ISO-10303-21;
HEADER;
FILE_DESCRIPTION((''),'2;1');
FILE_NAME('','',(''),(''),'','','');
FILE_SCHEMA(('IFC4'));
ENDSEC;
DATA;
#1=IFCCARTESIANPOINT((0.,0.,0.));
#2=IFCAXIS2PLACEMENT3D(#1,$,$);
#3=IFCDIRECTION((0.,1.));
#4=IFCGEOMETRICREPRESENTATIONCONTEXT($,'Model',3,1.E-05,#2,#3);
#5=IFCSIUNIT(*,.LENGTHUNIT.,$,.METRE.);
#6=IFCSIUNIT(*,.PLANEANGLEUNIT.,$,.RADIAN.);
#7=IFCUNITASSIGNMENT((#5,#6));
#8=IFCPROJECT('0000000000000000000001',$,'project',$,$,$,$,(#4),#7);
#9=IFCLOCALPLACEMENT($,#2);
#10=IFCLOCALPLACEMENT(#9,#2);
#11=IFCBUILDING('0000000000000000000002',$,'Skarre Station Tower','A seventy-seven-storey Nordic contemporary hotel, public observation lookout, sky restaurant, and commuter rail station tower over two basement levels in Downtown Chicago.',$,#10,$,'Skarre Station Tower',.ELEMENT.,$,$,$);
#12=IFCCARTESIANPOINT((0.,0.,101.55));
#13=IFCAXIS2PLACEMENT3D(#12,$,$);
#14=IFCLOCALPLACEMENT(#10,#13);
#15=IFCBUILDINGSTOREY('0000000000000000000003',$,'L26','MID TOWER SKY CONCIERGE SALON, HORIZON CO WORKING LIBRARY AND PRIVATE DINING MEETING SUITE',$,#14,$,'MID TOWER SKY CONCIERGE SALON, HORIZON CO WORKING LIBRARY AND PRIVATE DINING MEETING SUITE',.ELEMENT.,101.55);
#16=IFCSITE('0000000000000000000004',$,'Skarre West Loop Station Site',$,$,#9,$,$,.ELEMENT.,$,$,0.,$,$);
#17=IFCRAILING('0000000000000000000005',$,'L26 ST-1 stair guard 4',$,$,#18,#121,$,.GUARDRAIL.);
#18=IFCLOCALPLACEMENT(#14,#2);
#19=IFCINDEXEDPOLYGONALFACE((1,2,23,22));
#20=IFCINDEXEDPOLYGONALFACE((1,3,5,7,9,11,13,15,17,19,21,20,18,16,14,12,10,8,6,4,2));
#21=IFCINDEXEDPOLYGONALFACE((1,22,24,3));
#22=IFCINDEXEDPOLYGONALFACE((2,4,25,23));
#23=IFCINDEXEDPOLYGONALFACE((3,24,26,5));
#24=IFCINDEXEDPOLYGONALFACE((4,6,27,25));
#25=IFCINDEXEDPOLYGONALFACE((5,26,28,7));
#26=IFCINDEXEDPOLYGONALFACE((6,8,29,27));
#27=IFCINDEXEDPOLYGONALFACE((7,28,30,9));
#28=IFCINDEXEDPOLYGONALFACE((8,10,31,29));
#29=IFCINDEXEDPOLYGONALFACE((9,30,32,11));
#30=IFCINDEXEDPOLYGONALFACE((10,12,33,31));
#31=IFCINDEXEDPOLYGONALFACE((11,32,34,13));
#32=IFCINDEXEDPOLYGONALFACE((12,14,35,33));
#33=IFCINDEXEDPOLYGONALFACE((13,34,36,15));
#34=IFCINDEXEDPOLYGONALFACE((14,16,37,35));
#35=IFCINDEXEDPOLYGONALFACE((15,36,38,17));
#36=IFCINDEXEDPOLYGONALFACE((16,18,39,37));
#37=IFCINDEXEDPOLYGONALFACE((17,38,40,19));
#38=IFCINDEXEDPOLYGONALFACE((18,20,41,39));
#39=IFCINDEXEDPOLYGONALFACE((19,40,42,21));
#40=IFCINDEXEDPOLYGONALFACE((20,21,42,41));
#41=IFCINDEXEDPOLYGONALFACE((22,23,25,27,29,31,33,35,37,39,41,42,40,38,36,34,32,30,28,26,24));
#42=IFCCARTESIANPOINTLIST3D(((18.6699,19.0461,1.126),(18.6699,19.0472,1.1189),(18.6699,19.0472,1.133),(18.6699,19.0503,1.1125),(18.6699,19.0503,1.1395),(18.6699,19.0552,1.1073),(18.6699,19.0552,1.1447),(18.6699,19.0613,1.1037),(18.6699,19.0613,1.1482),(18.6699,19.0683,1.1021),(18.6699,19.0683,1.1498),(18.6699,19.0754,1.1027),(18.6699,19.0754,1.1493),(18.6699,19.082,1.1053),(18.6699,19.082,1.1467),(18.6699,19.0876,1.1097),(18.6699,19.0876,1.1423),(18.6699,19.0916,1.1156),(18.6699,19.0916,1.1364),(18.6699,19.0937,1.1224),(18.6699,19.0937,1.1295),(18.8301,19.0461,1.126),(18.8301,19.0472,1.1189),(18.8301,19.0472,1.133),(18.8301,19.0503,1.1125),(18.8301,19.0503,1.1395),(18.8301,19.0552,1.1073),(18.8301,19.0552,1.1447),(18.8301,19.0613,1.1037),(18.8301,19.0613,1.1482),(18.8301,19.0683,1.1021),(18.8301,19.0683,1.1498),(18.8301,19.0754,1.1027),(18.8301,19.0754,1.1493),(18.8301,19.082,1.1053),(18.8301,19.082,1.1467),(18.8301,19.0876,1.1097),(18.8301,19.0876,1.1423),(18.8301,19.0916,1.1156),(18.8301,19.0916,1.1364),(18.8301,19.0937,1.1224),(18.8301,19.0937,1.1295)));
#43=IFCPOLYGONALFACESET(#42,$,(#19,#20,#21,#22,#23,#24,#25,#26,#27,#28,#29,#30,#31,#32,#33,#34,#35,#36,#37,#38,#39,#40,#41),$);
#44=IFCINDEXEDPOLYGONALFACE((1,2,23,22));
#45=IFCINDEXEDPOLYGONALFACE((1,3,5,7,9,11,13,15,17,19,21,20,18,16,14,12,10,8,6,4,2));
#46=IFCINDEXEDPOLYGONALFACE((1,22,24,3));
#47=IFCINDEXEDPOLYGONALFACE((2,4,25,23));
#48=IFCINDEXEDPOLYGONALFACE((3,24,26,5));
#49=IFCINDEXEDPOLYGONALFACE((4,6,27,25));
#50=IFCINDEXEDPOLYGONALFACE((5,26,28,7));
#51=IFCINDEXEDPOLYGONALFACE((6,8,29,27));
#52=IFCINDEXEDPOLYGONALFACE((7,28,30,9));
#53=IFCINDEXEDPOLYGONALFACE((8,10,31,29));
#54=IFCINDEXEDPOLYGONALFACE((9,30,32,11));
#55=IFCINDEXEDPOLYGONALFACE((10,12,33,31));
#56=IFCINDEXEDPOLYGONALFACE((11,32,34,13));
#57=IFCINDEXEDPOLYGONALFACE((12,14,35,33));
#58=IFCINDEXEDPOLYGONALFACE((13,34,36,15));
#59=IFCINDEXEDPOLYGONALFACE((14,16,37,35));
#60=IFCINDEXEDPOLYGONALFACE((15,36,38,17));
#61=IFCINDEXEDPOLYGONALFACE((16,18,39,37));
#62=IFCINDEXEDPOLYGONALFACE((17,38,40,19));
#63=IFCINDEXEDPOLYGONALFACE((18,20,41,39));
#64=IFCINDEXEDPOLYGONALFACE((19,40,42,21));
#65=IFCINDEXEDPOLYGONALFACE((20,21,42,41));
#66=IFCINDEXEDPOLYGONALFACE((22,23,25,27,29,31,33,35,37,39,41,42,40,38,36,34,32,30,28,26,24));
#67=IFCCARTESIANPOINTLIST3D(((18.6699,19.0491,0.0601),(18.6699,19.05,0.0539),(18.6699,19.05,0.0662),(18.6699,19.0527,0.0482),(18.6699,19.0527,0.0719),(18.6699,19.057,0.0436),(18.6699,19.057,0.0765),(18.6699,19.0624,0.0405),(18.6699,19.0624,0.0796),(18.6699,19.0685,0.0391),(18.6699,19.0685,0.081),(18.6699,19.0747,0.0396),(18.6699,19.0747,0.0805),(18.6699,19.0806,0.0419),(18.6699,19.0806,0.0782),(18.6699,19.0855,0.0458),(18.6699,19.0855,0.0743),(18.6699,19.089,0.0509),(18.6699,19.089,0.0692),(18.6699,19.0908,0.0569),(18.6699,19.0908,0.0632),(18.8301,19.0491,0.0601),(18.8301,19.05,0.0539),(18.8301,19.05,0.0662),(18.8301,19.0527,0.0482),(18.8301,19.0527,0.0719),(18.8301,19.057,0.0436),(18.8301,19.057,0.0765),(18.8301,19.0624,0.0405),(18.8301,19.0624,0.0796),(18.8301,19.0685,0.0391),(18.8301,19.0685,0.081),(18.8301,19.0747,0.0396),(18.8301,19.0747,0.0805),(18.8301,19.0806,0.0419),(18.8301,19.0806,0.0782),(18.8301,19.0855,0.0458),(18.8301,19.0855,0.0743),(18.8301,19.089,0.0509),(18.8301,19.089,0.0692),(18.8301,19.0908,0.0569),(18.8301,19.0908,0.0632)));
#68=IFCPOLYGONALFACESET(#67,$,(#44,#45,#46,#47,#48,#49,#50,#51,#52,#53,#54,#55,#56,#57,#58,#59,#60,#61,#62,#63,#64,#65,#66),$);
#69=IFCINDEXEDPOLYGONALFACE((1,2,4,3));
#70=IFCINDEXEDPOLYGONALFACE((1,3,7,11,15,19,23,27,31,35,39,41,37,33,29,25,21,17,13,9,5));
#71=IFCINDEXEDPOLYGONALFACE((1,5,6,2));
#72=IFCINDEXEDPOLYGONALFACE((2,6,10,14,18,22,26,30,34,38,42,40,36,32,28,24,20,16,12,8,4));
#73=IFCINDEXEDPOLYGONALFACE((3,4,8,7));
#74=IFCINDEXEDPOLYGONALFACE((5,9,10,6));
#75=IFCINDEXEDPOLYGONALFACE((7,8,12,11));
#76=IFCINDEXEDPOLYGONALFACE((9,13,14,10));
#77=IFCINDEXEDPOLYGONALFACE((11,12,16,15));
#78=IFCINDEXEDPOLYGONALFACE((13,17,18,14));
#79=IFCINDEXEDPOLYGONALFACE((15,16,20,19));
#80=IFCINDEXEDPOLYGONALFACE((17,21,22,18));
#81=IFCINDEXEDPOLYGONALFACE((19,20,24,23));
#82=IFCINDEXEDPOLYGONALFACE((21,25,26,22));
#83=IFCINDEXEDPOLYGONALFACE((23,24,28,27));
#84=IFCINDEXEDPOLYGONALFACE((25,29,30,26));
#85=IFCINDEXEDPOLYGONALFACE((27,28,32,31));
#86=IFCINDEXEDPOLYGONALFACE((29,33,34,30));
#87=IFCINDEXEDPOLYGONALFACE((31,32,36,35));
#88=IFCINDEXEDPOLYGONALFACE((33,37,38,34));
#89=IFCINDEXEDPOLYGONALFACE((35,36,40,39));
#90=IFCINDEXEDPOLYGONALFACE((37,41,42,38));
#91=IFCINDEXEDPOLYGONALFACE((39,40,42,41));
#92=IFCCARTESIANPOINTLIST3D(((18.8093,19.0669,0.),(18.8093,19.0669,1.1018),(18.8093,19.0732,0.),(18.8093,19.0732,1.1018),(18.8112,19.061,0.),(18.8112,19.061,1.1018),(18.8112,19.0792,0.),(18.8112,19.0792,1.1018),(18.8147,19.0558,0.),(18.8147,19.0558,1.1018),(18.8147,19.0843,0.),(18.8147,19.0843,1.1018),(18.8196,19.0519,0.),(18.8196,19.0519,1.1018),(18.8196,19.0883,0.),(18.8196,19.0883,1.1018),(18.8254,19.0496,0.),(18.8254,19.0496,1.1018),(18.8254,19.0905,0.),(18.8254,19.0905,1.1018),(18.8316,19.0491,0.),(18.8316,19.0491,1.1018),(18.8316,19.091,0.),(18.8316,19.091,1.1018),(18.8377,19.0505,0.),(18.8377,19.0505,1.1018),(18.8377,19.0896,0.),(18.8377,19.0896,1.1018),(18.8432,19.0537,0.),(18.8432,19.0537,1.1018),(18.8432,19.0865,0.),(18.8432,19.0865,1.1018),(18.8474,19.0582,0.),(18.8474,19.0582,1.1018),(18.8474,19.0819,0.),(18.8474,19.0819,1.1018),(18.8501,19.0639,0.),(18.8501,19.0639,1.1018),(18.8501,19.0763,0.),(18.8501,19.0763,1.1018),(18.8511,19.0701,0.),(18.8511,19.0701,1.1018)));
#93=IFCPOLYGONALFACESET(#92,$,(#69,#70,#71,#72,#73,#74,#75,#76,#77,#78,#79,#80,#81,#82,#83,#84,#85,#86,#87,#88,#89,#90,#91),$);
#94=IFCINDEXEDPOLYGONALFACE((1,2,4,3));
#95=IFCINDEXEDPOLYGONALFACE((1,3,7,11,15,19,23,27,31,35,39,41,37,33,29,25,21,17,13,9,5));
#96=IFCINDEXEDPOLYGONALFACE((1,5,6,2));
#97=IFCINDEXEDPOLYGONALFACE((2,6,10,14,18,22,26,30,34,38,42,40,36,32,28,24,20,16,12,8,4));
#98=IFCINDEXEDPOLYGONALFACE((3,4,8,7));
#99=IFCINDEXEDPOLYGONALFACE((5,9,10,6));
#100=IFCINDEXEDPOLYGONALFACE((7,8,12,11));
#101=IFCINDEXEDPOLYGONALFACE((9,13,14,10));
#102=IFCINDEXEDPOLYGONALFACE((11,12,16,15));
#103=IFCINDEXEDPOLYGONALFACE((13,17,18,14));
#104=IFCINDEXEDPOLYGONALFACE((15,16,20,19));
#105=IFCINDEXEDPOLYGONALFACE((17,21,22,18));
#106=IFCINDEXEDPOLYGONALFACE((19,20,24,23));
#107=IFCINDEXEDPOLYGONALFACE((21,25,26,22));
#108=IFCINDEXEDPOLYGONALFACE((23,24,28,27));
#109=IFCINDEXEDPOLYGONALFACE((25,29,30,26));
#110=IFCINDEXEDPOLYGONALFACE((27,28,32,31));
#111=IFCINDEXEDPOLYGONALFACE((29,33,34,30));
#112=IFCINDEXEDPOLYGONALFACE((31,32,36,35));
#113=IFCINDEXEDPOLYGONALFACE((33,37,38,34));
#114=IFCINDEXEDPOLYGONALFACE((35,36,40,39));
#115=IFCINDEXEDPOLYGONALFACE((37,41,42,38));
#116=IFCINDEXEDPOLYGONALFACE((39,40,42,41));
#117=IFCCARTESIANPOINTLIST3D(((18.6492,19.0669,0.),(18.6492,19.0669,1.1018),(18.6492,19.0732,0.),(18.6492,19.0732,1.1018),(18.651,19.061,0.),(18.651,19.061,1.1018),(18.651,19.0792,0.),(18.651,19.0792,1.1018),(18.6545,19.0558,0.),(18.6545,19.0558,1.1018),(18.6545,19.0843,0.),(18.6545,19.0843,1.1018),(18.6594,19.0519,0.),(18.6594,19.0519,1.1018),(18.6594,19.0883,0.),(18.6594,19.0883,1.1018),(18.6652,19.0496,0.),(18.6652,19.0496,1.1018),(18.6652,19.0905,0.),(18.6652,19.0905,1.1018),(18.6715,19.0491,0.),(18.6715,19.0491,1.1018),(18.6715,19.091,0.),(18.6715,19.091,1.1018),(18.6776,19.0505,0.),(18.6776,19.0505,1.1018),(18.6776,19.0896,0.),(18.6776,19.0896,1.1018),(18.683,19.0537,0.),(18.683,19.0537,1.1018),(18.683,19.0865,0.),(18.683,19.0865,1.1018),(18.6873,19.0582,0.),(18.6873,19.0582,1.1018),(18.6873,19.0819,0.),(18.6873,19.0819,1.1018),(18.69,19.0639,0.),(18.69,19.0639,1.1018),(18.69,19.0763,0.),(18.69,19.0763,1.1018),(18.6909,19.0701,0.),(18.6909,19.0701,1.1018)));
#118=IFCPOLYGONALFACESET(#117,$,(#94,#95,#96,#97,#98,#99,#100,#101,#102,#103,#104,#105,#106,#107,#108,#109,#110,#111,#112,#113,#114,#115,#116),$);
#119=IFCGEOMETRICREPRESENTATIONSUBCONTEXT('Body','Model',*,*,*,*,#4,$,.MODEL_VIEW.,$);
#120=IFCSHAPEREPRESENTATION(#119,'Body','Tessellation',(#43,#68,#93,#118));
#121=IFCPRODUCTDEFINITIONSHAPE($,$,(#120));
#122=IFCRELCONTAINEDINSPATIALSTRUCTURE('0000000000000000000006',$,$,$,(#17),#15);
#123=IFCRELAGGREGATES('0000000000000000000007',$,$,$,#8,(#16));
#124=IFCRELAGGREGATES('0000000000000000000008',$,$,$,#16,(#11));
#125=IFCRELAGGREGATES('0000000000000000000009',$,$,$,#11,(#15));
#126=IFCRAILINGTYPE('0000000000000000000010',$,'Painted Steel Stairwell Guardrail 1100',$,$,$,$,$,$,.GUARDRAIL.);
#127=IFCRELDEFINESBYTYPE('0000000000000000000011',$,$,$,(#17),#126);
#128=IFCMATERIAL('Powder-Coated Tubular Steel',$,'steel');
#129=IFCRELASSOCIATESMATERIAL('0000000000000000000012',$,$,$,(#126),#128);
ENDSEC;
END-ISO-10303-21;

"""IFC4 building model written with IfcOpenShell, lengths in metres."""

from ifc_helpers import new_model, si_unit, direction, frame, origin, origin_2d, place, context, subcontext, project, spatial, circle, extrude, material, type_object, element, save


model = new_model("IFC4")

# Units and contexts
model_context = context("Model", 3, precision=1e-05, world=origin(), true_north=direction((0.0, 1.0)))
body_context = subcontext(model_context, "Body", "Model", "MODEL_VIEW")
ifc_project = project(units=[si_unit("LENGTHUNIT", "METRE"), si_unit("PLANEANGLEUNIT", "RADIAN")], contexts=[model_context])

# Site, building, storey
site_placement = place(None, origin())
site = spatial("IfcSite", under=ifc_project, at=site_placement, Name="Skarre West Loop Station Site", CompositionType="ELEMENT", RefElevation=0.0)
building_placement = place(site_placement, origin())
building = spatial("IfcBuilding", under=site, at=building_placement, Name="Skarre Station Tower", Description="A seventy-seven-storey Nordic contemporary hotel, public observation lookout, sky restaurant, and commuter rail station tower over two basement levels in Downtown Chicago.", LongName="Skarre Station Tower", CompositionType="ELEMENT")
storey_placement = place(building_placement, frame((0.0, 0.0, 101.55)))
storey = spatial("IfcBuildingStorey", under=building, at=storey_placement, Name="L26", Description="MID TOWER SKY CONCIERGE SALON, HORIZON CO WORKING LIBRARY AND PRIVATE DINING MEETING SUITE", LongName="MID TOWER SKY CONCIERGE SALON, HORIZON CO WORKING LIBRARY AND PRIVATE DINING MEETING SUITE", CompositionType="ELEMENT", Elevation=101.55)

# Railing
ifc_material_1 = material(Name="Powder-Coated Tubular Steel", Category="steel")
railing_type_1 = type_object("IfcRailingType", Name="Painted Steel Stairwell Guardrail 1100", PredefinedType="GUARDRAIL", material=ifc_material_1)
railing_1_placement = place(storey_placement, frame((18.8301, 19.0701, 0.0)))
element("IfcRailing", 1, at=railing_1_placement, inside=storey, type_object=railing_type_1, Name="L26 ST-1 stair guard 4", PredefinedType="GUARDRAIL", context=body_context, shape_type="SweptSolid", body=[
    extrude(circle(Radius=0.0239, at=origin_2d()), frame((0.0, 0.0, 1.126), z_axis=(-1.0, 0.0, 0.0), x_axis=(0.0, -1.0, 0.0)), (0.0, 0.0, 1.0), 0.1602),
    extrude(circle(Radius=0.021, at=origin_2d()), frame((0.0, 0.0, 0.0601), z_axis=(-1.0, 0.0, 0.0), x_axis=(0.0, -1.0, 0.0)), (0.0, 0.0, 1.0), 0.1602),
    extrude(circle(Radius=0.021, at=origin_2d()), origin(), (0.0, 0.0, 1.0), 1.1018),
    extrude(circle(Radius=0.021, at=origin_2d()), frame((-0.1602, 0.0, 0.0)), (0.0, 0.0, 1.0), 1.1018),
])

save(model, "model.ifc")
